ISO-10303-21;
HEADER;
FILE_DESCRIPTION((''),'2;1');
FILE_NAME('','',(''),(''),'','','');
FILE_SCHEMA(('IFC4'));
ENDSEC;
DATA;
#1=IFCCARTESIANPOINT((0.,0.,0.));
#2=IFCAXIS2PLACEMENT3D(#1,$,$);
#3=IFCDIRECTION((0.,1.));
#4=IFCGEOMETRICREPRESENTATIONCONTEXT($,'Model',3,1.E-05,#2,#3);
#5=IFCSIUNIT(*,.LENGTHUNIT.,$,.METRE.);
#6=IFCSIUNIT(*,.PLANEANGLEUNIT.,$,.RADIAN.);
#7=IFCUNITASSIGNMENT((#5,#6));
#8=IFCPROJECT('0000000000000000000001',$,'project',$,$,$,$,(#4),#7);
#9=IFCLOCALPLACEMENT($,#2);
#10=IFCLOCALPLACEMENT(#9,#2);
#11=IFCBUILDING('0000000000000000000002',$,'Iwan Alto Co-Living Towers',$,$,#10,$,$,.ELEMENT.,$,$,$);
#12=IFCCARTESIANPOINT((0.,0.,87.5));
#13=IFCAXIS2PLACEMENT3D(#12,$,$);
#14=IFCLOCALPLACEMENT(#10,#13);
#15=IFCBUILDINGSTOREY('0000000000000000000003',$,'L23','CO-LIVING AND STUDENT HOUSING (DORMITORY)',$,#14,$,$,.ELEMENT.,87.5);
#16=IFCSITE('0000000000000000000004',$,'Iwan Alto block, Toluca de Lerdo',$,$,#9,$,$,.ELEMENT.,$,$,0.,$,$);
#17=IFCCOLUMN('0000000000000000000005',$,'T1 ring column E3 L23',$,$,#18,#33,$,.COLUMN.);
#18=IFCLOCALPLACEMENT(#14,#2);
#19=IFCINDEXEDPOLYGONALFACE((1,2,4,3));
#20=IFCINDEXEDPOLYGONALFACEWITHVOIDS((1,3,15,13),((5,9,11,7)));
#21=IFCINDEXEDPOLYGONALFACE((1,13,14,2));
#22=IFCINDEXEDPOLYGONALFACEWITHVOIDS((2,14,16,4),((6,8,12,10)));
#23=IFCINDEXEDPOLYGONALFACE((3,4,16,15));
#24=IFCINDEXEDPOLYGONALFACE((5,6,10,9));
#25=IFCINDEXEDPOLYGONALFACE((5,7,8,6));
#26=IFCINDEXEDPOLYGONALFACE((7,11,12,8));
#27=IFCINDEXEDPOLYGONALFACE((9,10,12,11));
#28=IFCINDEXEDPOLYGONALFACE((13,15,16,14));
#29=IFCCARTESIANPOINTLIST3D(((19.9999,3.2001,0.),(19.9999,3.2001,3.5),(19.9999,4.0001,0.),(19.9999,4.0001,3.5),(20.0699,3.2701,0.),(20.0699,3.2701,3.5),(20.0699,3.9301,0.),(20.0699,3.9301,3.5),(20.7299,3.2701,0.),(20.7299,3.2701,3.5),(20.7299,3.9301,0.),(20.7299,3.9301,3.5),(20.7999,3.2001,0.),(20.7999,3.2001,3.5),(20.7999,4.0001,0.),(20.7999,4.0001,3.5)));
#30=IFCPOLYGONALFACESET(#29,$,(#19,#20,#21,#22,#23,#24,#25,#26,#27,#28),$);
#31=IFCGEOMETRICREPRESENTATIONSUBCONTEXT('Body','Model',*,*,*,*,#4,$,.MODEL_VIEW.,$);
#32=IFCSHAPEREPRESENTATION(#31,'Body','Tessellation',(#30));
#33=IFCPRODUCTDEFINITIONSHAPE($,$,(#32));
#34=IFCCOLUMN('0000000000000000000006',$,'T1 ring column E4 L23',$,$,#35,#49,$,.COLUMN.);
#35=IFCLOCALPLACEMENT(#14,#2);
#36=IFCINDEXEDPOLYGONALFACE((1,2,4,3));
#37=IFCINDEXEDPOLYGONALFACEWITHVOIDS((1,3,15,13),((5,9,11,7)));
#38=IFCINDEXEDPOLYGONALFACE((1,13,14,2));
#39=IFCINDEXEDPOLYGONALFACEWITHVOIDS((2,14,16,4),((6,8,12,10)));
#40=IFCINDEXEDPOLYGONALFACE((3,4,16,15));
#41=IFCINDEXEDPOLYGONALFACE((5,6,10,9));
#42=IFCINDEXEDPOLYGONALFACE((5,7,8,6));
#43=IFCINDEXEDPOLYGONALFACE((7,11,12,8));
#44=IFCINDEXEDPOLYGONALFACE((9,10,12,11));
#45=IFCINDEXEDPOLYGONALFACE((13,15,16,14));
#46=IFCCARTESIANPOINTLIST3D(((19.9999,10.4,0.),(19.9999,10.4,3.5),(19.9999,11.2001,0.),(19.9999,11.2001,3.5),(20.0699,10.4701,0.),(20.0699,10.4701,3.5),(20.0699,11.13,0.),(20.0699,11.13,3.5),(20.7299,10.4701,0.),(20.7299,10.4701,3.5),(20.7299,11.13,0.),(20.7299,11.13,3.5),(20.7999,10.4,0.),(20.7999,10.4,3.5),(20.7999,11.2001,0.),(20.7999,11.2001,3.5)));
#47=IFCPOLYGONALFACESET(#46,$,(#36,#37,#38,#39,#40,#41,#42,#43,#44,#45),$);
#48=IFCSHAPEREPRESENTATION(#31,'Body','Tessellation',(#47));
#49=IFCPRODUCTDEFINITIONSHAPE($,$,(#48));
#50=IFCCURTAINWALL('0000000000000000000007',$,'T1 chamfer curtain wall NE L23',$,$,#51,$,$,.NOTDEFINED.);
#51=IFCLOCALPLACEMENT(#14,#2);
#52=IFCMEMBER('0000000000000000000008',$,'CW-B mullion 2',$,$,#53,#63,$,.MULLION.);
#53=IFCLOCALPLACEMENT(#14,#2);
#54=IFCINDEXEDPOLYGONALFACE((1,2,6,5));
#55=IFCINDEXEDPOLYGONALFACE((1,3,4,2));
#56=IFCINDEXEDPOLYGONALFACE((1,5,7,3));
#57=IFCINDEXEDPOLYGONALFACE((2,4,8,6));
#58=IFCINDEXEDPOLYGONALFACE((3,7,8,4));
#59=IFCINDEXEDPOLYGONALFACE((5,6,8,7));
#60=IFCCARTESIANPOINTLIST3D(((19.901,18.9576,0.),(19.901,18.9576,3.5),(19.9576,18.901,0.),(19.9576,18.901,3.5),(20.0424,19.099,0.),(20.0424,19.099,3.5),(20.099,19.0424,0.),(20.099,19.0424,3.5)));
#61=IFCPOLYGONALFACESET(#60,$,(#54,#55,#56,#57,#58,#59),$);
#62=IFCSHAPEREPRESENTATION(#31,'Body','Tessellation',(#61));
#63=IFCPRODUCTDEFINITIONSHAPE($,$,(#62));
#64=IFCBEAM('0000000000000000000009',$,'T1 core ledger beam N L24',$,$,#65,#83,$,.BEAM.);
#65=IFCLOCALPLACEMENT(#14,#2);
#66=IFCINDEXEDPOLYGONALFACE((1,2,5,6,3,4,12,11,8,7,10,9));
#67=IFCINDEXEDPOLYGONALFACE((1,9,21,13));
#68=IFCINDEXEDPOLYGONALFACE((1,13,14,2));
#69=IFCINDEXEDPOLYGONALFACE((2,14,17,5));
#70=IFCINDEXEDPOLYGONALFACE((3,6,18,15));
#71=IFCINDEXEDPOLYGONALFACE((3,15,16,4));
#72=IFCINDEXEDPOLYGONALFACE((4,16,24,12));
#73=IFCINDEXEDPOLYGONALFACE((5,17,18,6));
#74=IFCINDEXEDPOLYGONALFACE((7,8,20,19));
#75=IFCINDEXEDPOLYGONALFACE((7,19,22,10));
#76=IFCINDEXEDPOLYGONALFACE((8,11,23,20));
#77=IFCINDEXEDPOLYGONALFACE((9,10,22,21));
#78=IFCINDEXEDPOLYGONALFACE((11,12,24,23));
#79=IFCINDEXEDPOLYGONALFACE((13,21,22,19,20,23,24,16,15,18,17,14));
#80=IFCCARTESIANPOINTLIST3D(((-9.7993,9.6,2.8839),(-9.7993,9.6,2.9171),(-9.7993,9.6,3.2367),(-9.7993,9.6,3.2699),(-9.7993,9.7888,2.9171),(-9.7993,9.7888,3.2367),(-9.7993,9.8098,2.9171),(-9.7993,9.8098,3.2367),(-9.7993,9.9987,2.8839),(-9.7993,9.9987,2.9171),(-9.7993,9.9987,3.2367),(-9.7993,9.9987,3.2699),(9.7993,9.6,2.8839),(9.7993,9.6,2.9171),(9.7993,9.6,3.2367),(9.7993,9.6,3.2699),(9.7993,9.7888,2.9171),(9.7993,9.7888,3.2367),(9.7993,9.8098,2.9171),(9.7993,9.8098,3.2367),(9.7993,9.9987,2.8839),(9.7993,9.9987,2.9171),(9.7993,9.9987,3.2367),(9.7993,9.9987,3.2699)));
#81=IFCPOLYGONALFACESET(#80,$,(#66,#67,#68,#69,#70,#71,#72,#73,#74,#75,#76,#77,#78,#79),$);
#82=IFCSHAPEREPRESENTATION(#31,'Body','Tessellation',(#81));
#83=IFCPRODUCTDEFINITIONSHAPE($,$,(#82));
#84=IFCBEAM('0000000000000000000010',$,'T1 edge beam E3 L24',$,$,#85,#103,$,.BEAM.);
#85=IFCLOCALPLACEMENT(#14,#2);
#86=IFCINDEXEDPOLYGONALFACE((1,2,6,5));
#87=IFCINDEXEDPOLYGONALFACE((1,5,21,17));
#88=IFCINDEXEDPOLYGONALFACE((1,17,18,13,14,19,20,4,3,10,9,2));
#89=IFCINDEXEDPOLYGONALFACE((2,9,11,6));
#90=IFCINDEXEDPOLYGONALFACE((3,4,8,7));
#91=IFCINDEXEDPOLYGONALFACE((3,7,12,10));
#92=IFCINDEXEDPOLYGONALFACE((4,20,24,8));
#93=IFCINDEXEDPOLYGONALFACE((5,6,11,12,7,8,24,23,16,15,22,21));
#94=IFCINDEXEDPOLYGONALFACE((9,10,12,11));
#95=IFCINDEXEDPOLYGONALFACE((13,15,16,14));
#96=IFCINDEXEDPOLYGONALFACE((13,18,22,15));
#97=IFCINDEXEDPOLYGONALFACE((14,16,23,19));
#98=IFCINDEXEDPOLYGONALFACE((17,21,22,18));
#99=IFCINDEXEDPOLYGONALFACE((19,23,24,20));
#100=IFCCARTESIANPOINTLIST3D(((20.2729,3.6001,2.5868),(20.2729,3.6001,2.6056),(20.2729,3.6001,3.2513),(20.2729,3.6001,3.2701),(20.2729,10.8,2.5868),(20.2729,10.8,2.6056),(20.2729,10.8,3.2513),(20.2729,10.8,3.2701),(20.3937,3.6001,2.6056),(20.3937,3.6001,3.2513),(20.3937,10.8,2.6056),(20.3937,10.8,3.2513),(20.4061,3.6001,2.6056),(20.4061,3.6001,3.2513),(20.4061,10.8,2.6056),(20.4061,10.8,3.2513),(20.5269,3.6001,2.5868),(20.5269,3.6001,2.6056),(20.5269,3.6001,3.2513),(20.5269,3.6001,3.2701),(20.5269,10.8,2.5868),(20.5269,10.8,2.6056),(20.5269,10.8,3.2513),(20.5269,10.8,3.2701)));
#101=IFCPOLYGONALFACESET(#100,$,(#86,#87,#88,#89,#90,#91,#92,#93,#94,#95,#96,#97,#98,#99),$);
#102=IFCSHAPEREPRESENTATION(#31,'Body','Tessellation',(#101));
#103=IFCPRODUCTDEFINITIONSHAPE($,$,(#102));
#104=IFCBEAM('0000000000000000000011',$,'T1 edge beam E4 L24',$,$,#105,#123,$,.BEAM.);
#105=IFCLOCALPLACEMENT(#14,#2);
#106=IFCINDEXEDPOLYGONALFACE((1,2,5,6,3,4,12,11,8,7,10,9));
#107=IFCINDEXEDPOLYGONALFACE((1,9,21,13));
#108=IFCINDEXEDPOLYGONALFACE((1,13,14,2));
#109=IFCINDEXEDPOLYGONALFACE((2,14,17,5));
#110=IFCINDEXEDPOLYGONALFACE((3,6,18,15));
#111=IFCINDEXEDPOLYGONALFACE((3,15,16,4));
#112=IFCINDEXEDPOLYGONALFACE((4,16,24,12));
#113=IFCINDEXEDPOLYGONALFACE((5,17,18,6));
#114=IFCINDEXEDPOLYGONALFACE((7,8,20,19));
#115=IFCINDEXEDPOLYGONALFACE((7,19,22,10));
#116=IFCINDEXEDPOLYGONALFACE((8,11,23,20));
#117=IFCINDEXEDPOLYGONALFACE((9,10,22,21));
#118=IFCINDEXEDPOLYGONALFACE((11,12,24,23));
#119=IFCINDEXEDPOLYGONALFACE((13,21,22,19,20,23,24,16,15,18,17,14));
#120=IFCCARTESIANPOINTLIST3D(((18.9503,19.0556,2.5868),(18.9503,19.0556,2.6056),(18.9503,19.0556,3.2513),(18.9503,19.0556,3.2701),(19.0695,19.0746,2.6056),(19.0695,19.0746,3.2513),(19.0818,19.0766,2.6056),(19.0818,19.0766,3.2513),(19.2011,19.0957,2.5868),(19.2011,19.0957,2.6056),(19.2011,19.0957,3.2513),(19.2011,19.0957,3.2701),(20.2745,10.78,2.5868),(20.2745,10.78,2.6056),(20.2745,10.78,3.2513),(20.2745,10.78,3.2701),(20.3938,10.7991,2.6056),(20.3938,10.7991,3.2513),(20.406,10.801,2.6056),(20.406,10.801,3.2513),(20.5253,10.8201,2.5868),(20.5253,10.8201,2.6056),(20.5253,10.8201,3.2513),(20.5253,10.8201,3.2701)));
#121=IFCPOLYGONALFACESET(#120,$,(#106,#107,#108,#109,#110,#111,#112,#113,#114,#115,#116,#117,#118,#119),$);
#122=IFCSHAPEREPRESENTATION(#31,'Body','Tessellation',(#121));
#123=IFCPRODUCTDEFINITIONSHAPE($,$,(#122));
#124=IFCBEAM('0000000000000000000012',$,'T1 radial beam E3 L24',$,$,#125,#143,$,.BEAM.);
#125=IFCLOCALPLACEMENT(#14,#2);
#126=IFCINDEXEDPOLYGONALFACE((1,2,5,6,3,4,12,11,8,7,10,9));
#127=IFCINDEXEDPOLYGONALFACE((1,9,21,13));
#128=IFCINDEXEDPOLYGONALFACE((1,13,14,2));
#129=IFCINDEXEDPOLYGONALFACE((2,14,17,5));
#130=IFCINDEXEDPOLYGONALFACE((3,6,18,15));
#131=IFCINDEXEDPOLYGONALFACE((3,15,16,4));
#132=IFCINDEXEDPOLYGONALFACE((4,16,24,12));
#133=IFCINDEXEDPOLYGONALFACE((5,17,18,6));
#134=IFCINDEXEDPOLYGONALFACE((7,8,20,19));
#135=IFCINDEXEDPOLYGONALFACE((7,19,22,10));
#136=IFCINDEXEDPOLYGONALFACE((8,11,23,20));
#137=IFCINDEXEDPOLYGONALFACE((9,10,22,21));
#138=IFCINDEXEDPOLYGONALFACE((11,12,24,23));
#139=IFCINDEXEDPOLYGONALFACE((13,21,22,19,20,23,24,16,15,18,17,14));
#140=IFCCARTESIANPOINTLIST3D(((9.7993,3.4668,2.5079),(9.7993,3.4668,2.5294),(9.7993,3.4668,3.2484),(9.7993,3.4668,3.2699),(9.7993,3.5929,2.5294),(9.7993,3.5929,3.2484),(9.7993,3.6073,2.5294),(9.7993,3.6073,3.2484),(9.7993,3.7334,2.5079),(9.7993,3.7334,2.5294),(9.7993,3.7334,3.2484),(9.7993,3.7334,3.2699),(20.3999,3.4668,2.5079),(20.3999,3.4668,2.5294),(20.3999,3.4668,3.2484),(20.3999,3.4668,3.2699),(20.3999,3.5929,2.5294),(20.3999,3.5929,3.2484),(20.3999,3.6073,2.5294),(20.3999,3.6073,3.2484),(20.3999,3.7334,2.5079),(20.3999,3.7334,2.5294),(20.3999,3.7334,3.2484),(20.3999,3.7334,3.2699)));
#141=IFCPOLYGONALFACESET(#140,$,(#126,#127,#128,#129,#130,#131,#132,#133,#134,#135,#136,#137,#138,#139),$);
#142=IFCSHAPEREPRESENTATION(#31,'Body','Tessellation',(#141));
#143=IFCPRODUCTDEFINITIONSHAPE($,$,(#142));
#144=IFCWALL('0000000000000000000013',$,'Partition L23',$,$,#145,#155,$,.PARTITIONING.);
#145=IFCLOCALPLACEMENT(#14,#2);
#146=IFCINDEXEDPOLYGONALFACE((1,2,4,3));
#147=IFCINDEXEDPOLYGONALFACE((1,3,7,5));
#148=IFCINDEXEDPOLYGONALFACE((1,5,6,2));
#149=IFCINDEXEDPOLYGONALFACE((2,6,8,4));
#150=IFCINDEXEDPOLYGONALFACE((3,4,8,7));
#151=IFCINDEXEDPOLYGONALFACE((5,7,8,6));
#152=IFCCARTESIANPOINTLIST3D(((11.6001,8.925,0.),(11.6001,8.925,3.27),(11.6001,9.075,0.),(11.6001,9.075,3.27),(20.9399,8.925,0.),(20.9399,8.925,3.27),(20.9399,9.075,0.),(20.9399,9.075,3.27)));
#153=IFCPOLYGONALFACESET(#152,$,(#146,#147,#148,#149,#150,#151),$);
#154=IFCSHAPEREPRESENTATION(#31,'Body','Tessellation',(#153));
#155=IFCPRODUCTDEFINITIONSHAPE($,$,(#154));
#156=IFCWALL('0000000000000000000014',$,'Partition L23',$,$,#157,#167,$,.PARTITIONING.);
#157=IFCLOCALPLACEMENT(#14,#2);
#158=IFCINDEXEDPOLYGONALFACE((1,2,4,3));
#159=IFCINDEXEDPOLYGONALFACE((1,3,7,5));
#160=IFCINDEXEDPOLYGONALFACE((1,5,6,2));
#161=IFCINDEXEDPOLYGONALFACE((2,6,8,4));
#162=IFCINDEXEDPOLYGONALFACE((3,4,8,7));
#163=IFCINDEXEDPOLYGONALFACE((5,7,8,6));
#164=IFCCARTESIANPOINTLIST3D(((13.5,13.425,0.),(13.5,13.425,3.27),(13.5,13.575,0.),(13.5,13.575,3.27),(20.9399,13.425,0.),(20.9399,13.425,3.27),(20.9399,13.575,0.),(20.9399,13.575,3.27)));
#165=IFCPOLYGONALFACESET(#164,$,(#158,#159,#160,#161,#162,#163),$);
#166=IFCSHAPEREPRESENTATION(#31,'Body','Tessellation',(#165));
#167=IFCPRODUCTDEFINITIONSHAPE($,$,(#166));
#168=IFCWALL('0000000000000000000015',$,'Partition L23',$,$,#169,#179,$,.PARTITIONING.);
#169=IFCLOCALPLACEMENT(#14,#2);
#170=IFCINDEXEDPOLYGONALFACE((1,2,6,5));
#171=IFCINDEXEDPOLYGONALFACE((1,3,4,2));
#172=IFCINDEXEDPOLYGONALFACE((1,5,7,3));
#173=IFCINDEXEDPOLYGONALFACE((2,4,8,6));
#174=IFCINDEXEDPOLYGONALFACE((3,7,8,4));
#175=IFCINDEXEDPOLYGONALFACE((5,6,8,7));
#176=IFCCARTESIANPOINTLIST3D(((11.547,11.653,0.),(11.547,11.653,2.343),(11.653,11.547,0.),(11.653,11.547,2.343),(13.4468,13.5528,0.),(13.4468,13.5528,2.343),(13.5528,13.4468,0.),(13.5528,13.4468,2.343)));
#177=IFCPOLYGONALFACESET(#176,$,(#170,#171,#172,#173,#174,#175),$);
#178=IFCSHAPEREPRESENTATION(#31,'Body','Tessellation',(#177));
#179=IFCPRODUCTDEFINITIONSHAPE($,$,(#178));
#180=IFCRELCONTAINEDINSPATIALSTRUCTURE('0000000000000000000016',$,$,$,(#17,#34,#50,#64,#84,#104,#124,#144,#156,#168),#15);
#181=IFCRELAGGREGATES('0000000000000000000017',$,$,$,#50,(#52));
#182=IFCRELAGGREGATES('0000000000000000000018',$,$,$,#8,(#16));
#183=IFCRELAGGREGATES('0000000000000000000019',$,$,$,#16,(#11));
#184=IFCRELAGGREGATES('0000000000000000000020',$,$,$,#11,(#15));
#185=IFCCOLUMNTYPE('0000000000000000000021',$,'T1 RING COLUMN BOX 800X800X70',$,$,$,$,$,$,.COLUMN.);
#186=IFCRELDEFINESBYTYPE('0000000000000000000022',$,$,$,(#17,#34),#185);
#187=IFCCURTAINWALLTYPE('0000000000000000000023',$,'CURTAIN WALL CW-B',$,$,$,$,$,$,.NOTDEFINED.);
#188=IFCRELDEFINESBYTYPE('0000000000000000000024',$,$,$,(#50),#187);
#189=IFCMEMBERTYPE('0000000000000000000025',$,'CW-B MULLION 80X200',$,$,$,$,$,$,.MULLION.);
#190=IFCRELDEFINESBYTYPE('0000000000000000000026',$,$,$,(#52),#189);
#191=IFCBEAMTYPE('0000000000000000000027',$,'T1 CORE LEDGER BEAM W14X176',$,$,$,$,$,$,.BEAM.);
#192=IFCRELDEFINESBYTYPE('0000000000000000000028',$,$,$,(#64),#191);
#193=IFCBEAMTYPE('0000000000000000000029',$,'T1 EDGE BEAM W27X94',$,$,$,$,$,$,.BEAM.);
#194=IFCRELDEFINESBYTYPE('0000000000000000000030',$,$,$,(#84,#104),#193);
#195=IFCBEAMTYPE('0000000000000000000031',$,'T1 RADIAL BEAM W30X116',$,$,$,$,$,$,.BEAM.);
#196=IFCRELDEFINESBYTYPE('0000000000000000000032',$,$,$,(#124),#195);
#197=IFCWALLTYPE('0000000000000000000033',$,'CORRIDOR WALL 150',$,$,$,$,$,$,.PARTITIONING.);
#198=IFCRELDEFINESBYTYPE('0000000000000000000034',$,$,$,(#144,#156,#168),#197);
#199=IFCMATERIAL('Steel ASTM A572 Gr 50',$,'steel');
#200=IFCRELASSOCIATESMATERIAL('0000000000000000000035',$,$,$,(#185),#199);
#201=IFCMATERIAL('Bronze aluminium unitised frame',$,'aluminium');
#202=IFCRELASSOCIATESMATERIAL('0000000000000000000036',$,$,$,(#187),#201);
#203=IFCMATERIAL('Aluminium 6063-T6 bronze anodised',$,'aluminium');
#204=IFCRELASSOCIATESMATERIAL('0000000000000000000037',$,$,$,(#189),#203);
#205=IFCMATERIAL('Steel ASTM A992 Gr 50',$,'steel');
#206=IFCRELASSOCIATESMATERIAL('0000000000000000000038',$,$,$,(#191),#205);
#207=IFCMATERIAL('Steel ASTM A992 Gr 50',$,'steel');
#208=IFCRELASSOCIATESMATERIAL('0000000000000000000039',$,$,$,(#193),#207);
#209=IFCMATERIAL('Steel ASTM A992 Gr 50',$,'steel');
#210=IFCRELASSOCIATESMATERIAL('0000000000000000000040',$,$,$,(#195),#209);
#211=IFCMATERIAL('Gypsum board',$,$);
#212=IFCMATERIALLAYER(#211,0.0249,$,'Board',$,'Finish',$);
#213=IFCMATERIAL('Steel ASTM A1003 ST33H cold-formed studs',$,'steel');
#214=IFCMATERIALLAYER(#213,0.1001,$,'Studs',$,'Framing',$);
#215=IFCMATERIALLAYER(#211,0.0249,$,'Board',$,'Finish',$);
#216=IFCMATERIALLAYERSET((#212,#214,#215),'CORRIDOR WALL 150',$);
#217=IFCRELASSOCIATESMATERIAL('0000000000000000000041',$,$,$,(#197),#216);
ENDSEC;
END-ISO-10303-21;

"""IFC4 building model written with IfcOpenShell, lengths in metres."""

from ifc_helpers import new_model, si_unit, direction, frame, frame_2d, origin, origin_2d, place, context, subcontext, project, spatial, rectangle, hollow_rectangle, i_section, extrude, material, layer, layer_set, material_profile, profile_set, type_object, element, aggregate, save


model = new_model("IFC4")

# Units and contexts
model_context = context("Model", 3, precision=1e-05, world=origin(), true_north=direction((0.0, 1.0)))
body_context = subcontext(model_context, "Body", "Model", "MODEL_VIEW")
ifc_project = project(units=[si_unit("LENGTHUNIT", "METRE"), si_unit("PLANEANGLEUNIT", "RADIAN")], contexts=[model_context])

# Site, building, storey
site_placement = place(None, origin())
site = spatial("IfcSite", under=ifc_project, at=site_placement, Name="Iwan Alto block, Toluca de Lerdo", CompositionType="ELEMENT", RefElevation=0.0)
building_placement = place(site_placement, origin())
building = spatial("IfcBuilding", under=site, at=building_placement, Name="Iwan Alto Co-Living Towers", CompositionType="ELEMENT")
storey_placement = place(building_placement, frame((0.0, 0.0, 87.5)))
storey = spatial("IfcBuildingStorey", under=building, at=storey_placement, Name="L23", Description="CO-LIVING AND STUDENT HOUSING (DORMITORY)", CompositionType="ELEMENT", Elevation=87.5)

# Columns
ifc_material_1 = material(Name="Steel ASTM A572 Gr 50", Category="steel")
ifc_material_profile_1 = material_profile(ifc_material_1, hollow_rectangle(XDim=0.8, YDim=0.8, WallThickness=0.0701, at=origin_2d()), Name="BOX 800X800X70")
ifc_profile_set_1 = profile_set([ifc_material_profile_1], Name="Steel ASTM A572 Gr 50")
column_type = type_object("IfcColumnType", Name="T1 RING COLUMN BOX 800X800X70", PredefinedType="COLUMN", material=ifc_profile_set_1)
for number, where, z_axis, x_axis, name in (
    (1, (20.3999, 3.6001, 0.0), (0.0, 0.0, 1.0), (1.0, 0.0, 0.0), "T1 ring column E3 L23"),
    (2, (20.3999, 10.8, 0.0), (0.0, 0.0, 1.0), (1.0, 0.0, 0.0), "T1 ring column E4 L23"),
):
    element("IfcColumn", number, at=place(storey_placement, frame(where, z_axis=z_axis, x_axis=x_axis)), inside=storey, type_object=column_type, Name=name, PredefinedType="COLUMN", context=body_context, shape_type="SweptSolid", body=[
        extrude(hollow_rectangle(XDim=0.8, YDim=0.8, WallThickness=0.0701, at=origin_2d()), origin(), (0.0, 0.0, 1.0), 3.5),
    ])

# Curtain wall, member
ifc_material_2 = material(Name="Bronze aluminium unitised frame", Category="aluminium")
curtain_wall_type = type_object("IfcCurtainWallType", Name="CURTAIN WALL CW-B", PredefinedType="NOTDEFINED", material=ifc_material_2)
curtain_wall_placement = place(storey_placement, origin())
curtain_wall = element("IfcCurtainWall", 3, at=curtain_wall_placement, inside=storey, type_object=curtain_wall_type, Name="T1 chamfer curtain wall NE L23", PredefinedType="NOTDEFINED")
ifc_material_3 = material(Name="Aluminium 6063-T6 bronze anodised", Category="aluminium")
ifc_material_profile_2 = material_profile(ifc_material_3, rectangle(XDim=0.2, YDim=0.0801, at=origin_2d()), Name="AL 80X200")
ifc_profile_set_2 = profile_set([ifc_material_profile_2], Name="Aluminium 6063-T6 bronze anodised")
member_type = type_object("IfcMemberType", Name="CW-B MULLION 80X200", PredefinedType="MULLION", material=ifc_profile_set_2)
member_placement = place(storey_placement, frame((20.0, 19.0, 0.0), z_axis=(0.0, 0.0, 1.0), x_axis=(-0.707107, -0.707107, 0.0)))
member = element("IfcMember", 4, at=member_placement, type_object=member_type, Name="CW-B mullion 2", PredefinedType="MULLION", context=body_context, shape_type="SweptSolid", body=[
    extrude(rectangle(XDim=0.2, YDim=0.0801, at=origin_2d()), origin(), (0.0, 0.0, 1.0), 3.5),
])
aggregate(curtain_wall, [member])

# Beams
ifc_material_4 = material(Name="Steel ASTM A992 Gr 50", Category="steel")
ifc_material_profile_3 = material_profile(ifc_material_4, i_section(OverallWidth=0.3987, OverallDepth=0.386, WebThickness=0.021, FlangeThickness=0.0332, at=origin_2d()), Name="W14X176")
ifc_profile_set_3 = profile_set([ifc_material_profile_3], Name="Steel ASTM A992 Gr 50")
beam_type_1 = type_object("IfcBeamType", Name="T1 CORE LEDGER BEAM W14X176", PredefinedType="BEAM", material=ifc_profile_set_3)
beam_1_placement = place(storey_placement, frame((9.7993, 9.7993, 3.0769), z_axis=(-1.0, 0.0, 0.0), x_axis=(0.0, -1.0, 0.0)))
element("IfcBeam", 5, at=beam_1_placement, inside=storey, type_object=beam_type_1, Name="T1 core ledger beam N L24", PredefinedType="BEAM", context=body_context, shape_type="SweptSolid", body=[
    extrude(i_section(OverallWidth=0.3987, OverallDepth=0.386, WebThickness=0.021, FlangeThickness=0.0332, at=origin_2d()), origin(), (0.0, 0.0, 1.0), 19.5986),
])
ifc_material_5 = material(Name="Steel ASTM A992 Gr 50", Category="steel")
ifc_material_profile_4 = material_profile(ifc_material_5, i_section(OverallWidth=0.2539, OverallDepth=0.6833, WebThickness=0.0125, FlangeThickness=0.0188, at=origin_2d()), Name="W27X94")
ifc_profile_set_4 = profile_set([ifc_material_profile_4], Name="Steel ASTM A992 Gr 50")
beam_type_2 = type_object("IfcBeamType", Name="T1 EDGE BEAM W27X94", PredefinedType="BEAM", material=ifc_profile_set_4)
beam_2_placement = place(storey_placement, frame((20.3999, 3.6001, 2.9285), z_axis=(0.0, 1.0, 0.0), x_axis=(-1.0, 0.0, 0.0)))
element("IfcBeam", 6, at=beam_2_placement, inside=storey, type_object=beam_type_2, Name="T1 edge beam E3 L24", PredefinedType="BEAM", context=body_context, shape_type="SweptSolid", body=[
    extrude(i_section(OverallWidth=0.2539, OverallDepth=0.6833, WebThickness=0.0125, FlangeThickness=0.0188, at=origin_2d()), origin(), (0.0, 0.0, 1.0), 7.2),
])
beam_3_placement = place(storey_placement, frame((20.3999, 10.8, 2.9285), z_axis=(-0.158004, 0.987438, 0.0), x_axis=(-0.987438, -0.158004, 0.0)))
element("IfcBeam", 7, at=beam_3_placement, inside=storey, type_object=beam_type_2, Name="T1 edge beam E4 L24", PredefinedType="BEAM", context=body_context, shape_type="SweptSolid", body=[
    extrude(i_section(OverallWidth=0.2539, OverallDepth=0.6833, WebThickness=0.0125, FlangeThickness=0.0188, at=origin_2d()), origin(), (0.0, 0.0, 1.0), 8.3809),
])
ifc_material_6 = material(Name="Steel ASTM A992 Gr 50", Category="steel")
ifc_material_profile_5 = material_profile(ifc_material_6, i_section(OverallWidth=0.2666, OverallDepth=0.762, WebThickness=0.0144, FlangeThickness=0.0215, at=origin_2d()), Name="W30X116")
ifc_profile_set_5 = profile_set([ifc_material_profile_5], Name="Steel ASTM A992 Gr 50")
beam_type_3 = type_object("IfcBeamType", Name="T1 RADIAL BEAM W30X116", PredefinedType="BEAM", material=ifc_profile_set_5)
beam_4_placement = place(storey_placement, frame((20.3999, 3.6001, 2.8889), z_axis=(-1.0, 0.0, 0.0), x_axis=(0.0, -1.0, 0.0)))
element("IfcBeam", 8, at=beam_4_placement, inside=storey, type_object=beam_type_3, Name="T1 radial beam E3 L24", PredefinedType="BEAM", context=body_context, shape_type="SweptSolid", body=[
    extrude(i_section(OverallWidth=0.2666, OverallDepth=0.762, WebThickness=0.0144, FlangeThickness=0.0215, at=origin_2d()), origin(), (0.0, 0.0, 1.0), 10.6006),
])

# Walls
ifc_material_7 = material(Name="Gypsum board")
ifc_layer_1 = layer(ifc_material_7, 0.0249, Name="Board", Category="Finish")
ifc_material_8 = material(Name="Steel ASTM A1003 ST33H cold-formed studs", Category="steel")
ifc_layer_2 = layer(ifc_material_8, 0.1001, Name="Studs", Category="Framing")
ifc_layer_3 = layer(ifc_material_7, 0.0249, Name="Board", Category="Finish")
ifc_layer_set_1 = layer_set([ifc_layer_1, ifc_layer_2, ifc_layer_3], Name="CORRIDOR WALL 150")
wall_type_1 = type_object("IfcWallType", Name="CORRIDOR WALL 150", PredefinedType="PARTITIONING", material=ifc_layer_set_1)
wall_1_placement = place(storey_placement, frame((11.6001, 9.0, 0.0), z_axis=(0.0, 0.0, 1.0), x_axis=(1.0, 0.0, 0.0)))
element("IfcWall", 9, at=wall_1_placement, inside=storey, type_object=wall_type_1, Name="Partition L23", PredefinedType="PARTITIONING", context=body_context, shape_type="SweptSolid", body=[
    extrude(rectangle(XDim=9.3398, YDim=0.1499, at=frame_2d((4.6699, 0.0))), origin(), (0.0, 0.0, 1.0), 3.27),
])
wall_2_placement = place(storey_placement, frame((13.5, 13.5, 0.0), z_axis=(0.0, 0.0, 1.0), x_axis=(1.0, 0.0, 0.0)))
element("IfcWall", 10, at=wall_2_placement, inside=storey, type_object=wall_type_1, Name="Partition L23", PredefinedType="PARTITIONING", context=body_context, shape_type="SweptSolid", body=[
    extrude(rectangle(XDim=7.4399, YDim=0.1499, at=frame_2d((3.72, 0.0))), origin(), (0.0, 0.0, 1.0), 3.27),
])
wall_3_placement = place(storey_placement, frame((11.6001, 11.6001, 0.0), z_axis=(0.0, 0.0, 1.0), x_axis=(0.707107, 0.707107, 0.0)))
element("IfcWall", 11, at=wall_3_placement, inside=storey, type_object=wall_type_1, Name="Partition L23", PredefinedType="PARTITIONING", context=body_context, shape_type="SweptSolid", body=[
    extrude(rectangle(XDim=2.6868, YDim=0.1499, at=frame_2d((1.3433, 0.0))), origin(), (0.0, 0.0, 1.0), 2.343),
])

save(model, "model.ifc")
